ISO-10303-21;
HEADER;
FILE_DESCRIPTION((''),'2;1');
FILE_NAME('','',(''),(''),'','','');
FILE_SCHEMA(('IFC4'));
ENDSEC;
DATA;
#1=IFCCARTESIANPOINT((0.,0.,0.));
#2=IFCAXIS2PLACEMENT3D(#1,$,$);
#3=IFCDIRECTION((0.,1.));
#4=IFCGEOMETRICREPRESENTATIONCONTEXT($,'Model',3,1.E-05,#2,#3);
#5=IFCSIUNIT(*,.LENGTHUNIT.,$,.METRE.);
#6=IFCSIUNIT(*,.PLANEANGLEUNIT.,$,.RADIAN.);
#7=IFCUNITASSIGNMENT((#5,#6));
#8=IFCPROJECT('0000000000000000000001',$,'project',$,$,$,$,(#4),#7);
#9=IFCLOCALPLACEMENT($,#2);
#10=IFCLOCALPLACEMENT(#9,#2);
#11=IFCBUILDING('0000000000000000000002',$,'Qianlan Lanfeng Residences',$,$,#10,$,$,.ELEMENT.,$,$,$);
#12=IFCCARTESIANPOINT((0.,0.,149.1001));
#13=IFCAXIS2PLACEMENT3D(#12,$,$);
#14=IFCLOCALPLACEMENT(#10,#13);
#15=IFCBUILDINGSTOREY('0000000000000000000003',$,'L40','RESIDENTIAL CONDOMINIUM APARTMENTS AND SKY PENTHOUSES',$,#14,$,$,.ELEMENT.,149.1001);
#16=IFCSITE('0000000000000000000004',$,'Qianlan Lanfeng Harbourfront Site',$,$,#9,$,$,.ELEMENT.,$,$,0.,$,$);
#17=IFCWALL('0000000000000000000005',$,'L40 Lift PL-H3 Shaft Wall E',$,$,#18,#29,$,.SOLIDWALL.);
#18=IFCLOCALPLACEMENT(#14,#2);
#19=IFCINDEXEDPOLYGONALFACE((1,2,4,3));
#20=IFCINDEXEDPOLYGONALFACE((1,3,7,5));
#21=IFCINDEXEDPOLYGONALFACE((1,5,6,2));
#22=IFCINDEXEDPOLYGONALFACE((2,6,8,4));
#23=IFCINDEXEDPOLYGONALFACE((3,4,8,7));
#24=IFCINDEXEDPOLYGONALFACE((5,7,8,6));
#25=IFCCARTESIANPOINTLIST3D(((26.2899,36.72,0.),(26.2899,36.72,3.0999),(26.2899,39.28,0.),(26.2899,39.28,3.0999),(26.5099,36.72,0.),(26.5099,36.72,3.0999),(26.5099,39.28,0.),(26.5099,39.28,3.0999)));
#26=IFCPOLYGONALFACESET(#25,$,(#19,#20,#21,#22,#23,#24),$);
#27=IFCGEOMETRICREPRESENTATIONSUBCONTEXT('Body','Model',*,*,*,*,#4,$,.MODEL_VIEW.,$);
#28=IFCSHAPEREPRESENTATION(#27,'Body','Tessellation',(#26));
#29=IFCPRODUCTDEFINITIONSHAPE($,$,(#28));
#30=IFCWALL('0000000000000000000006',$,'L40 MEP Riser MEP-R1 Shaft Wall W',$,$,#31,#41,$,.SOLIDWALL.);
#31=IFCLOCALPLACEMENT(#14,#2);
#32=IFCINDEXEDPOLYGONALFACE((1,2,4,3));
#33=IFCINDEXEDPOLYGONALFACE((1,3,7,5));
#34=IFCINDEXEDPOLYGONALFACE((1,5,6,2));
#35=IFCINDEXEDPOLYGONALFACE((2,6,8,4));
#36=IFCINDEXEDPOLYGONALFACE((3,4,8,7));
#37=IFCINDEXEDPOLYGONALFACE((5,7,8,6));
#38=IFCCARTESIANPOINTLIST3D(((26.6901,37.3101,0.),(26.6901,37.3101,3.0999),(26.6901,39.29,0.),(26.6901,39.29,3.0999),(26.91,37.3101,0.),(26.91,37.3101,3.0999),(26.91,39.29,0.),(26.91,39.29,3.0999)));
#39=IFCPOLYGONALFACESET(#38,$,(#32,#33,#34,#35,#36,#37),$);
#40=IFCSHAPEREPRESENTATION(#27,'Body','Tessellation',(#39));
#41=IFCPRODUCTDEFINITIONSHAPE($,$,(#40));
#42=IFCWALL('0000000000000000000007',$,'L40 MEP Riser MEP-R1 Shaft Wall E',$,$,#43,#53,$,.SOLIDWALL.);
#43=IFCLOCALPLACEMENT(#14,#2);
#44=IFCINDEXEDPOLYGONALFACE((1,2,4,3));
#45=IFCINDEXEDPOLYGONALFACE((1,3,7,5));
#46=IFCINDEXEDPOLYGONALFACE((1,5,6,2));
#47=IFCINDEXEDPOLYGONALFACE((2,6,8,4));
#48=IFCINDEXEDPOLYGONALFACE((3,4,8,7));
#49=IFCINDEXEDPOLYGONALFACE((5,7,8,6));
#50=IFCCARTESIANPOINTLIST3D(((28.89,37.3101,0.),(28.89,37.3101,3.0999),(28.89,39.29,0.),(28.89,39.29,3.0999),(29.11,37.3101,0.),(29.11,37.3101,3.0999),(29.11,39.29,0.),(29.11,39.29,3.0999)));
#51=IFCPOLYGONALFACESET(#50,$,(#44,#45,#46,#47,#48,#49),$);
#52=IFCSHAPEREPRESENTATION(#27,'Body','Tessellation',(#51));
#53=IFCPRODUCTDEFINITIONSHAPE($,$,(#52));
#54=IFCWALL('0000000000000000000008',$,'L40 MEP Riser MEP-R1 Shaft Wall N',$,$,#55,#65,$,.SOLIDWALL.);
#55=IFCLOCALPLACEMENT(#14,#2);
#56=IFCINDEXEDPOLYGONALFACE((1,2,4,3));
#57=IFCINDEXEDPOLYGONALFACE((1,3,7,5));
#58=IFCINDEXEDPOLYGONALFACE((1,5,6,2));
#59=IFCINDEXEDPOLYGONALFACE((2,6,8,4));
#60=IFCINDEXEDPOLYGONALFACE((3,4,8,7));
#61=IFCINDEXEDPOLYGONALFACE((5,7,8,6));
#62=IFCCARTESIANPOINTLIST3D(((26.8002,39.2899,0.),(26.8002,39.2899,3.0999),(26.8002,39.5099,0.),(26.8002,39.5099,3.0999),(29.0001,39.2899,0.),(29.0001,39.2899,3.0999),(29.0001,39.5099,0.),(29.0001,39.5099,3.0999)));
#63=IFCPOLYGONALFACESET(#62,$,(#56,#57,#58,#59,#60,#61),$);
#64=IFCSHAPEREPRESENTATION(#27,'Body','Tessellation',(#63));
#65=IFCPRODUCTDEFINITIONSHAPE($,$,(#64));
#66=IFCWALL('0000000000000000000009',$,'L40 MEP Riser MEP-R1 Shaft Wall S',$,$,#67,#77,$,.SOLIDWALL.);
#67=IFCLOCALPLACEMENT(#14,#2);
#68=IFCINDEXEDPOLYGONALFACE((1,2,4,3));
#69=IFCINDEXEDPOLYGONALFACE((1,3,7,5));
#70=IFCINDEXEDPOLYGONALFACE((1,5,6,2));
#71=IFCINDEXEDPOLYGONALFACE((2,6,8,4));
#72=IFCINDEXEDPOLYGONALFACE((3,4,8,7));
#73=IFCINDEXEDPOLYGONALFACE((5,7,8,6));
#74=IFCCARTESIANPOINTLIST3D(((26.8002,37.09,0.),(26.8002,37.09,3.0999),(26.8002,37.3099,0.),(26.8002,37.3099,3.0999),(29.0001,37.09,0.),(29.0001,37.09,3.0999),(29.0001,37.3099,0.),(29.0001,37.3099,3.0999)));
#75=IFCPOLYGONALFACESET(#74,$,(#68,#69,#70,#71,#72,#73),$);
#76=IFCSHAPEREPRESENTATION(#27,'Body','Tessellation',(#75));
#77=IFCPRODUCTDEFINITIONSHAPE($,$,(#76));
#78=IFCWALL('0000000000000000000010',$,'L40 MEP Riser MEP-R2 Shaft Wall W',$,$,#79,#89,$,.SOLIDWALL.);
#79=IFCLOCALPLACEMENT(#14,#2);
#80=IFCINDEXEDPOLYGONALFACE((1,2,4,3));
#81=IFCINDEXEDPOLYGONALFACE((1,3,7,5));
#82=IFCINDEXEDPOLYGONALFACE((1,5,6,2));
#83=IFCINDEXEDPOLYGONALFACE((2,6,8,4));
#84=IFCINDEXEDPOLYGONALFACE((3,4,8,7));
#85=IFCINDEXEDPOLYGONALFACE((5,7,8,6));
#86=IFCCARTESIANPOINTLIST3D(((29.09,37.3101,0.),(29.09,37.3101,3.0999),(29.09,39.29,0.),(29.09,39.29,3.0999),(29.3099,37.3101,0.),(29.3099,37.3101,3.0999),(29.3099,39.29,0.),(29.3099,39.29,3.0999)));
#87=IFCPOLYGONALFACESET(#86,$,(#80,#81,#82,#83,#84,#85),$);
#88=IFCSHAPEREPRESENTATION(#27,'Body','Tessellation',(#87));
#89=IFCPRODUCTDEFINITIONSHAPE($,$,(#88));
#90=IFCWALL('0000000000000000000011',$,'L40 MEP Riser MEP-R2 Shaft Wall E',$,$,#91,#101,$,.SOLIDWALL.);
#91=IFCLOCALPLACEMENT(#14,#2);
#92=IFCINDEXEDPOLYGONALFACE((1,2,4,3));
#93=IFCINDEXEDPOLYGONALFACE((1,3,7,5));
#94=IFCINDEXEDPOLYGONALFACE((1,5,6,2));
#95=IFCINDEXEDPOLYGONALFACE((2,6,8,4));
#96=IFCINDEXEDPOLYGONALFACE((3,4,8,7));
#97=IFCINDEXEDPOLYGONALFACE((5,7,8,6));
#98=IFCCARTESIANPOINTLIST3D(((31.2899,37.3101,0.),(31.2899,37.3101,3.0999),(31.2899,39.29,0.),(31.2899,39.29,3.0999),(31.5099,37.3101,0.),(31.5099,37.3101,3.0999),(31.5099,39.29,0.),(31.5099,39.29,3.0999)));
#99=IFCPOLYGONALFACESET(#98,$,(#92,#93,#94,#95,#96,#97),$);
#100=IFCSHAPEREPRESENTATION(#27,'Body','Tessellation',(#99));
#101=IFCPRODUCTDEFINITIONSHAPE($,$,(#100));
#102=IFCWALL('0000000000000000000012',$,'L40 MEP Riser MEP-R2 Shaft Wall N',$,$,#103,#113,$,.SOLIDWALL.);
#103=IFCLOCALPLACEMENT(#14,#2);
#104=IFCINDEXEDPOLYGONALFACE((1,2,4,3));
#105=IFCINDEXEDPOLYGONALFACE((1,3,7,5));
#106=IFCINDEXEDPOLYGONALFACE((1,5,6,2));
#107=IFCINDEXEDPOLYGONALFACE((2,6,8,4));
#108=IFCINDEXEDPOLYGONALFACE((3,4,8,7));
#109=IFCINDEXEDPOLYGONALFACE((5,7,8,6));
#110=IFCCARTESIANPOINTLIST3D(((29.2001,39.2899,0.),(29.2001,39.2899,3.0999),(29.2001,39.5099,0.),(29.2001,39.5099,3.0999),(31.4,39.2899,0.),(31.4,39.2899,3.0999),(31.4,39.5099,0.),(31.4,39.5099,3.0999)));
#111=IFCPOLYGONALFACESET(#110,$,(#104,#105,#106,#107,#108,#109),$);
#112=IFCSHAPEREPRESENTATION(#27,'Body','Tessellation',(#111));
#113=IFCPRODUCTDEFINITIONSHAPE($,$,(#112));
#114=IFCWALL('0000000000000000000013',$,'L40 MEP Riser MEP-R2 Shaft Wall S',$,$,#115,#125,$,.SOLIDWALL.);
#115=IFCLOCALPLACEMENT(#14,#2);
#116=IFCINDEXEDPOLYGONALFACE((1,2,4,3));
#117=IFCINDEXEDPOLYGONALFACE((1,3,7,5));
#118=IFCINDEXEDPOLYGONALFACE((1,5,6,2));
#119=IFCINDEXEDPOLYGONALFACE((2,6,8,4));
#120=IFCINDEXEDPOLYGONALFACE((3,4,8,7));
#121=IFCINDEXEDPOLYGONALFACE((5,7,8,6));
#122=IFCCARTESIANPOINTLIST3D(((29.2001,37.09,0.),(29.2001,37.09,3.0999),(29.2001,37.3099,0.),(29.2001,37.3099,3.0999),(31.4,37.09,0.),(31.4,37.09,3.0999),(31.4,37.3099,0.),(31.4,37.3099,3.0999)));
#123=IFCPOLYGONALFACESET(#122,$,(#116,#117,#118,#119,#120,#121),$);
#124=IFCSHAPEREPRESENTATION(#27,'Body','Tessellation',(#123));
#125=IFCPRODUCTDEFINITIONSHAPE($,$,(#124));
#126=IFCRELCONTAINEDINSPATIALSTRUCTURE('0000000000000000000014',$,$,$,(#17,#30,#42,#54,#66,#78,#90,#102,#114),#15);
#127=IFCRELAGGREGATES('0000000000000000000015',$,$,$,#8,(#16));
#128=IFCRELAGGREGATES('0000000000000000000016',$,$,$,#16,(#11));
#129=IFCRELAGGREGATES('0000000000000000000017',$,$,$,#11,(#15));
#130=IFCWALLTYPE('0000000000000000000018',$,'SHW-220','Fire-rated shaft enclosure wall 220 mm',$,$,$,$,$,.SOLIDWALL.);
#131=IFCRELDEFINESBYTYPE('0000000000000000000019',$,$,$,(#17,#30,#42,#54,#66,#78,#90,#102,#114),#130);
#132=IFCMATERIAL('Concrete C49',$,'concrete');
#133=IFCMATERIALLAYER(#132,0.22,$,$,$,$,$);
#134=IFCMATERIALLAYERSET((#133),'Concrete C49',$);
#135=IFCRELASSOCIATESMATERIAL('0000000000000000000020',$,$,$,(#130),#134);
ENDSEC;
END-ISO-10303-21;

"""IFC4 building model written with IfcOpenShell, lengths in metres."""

from ifc_helpers import new_model, si_unit, direction, frame, frame_2d, origin, place, context, subcontext, project, spatial, rectangle, extrude, material, layer, layer_set, type_object, element, save


model = new_model("IFC4")

# Units and contexts
model_context = context("Model", 3, precision=1e-05, world=origin(), true_north=direction((0.0, 1.0)))
body_context = subcontext(model_context, "Body", "Model", "MODEL_VIEW")
ifc_project = project(units=[si_unit("LENGTHUNIT", "METRE"), si_unit("PLANEANGLEUNIT", "RADIAN")], contexts=[model_context])

# Site, building, storey
site_placement = place(None, origin())
site = spatial("IfcSite", under=ifc_project, at=site_placement, Name="Qianlan Lanfeng Harbourfront Site", CompositionType="ELEMENT", RefElevation=0.0)
building_placement = place(site_placement, origin())
building = spatial("IfcBuilding", under=site, at=building_placement, Name="Qianlan Lanfeng Residences", CompositionType="ELEMENT")
storey_placement = place(building_placement, frame((0.0, 0.0, 149.1001)))
storey = spatial("IfcBuildingStorey", under=building, at=storey_placement, Name="L40", Description="RESIDENTIAL CONDOMINIUM APARTMENTS AND SKY PENTHOUSES", CompositionType="ELEMENT", Elevation=149.1001)

# Walls
ifc_material_1 = material(Name="Concrete C49", Category="concrete")
ifc_layer_1 = layer(ifc_material_1, 0.22)
ifc_layer_set_1 = layer_set([ifc_layer_1], Name="Concrete C49")
wall_type_1 = type_object("IfcWallType", Name="SHW-220", Description="Fire-rated shaft enclosure wall 220 mm", PredefinedType="SOLIDWALL", material=ifc_layer_set_1)
for number, where, z_axis, x_axis, name in (
    (1, (26.3999, 36.72, 0.0), (0.0, 0.0, 1.0), (0.0, 1.0, 0.0), "L40 Lift PL-H3 Shaft Wall E"),
):
    element("IfcWall", number, at=place(storey_placement, frame(where, z_axis=z_axis, x_axis=x_axis)), inside=storey, type_object=wall_type_1, Name=name, PredefinedType="SOLIDWALL", context=body_context, shape_type="SweptSolid", body=[
        extrude(rectangle(XDim=2.5601, YDim=0.22, at=frame_2d((1.28, 0.0))), origin(), (0.0, 0.0, 1.0), 3.0999),
    ])
for number, where, z_axis, x_axis, name in (
    (2, (26.8, 37.3101, 0.0), (0.0, 0.0, 1.0), (0.0, 1.0, 0.0), "L40 MEP Riser MEP-R1 Shaft Wall W"),
    (3, (29.0, 37.3101, 0.0), (0.0, 0.0, 1.0), (0.0, 1.0, 0.0), "L40 MEP Riser MEP-R1 Shaft Wall E"),
):
    element("IfcWall", number, at=place(storey_placement, frame(where, z_axis=z_axis, x_axis=x_axis)), inside=storey, type_object=wall_type_1, Name=name, PredefinedType="SOLIDWALL", context=body_context, shape_type="SweptSolid", body=[
        extrude(rectangle(XDim=1.98, YDim=0.22, at=frame_2d((0.99, 0.0))), origin(), (0.0, 0.0, 1.0), 3.0999),
    ])
for number, where, z_axis, x_axis, name in (
    (4, (26.8, 39.3999, 0.0), (0.0, 0.0, 1.0), (1.0, 0.0, 0.0), "L40 MEP Riser MEP-R1 Shaft Wall N"),
    (5, (26.8, 37.2, 0.0), (0.0, 0.0, 1.0), (1.0, 0.0, 0.0), "L40 MEP Riser MEP-R1 Shaft Wall S"),
):
    element("IfcWall", number, at=place(storey_placement, frame(where, z_axis=z_axis, x_axis=x_axis)), inside=storey, type_object=wall_type_1, Name=name, PredefinedType="SOLIDWALL", context=body_context, shape_type="SweptSolid", body=[
        extrude(rectangle(XDim=2.2, YDim=0.22, at=frame_2d((1.1001, 0.0))), origin(), (0.0, 0.0, 1.0), 3.0999),
    ])
for number, where, z_axis, x_axis, name in (
    (6, (29.2, 37.3101, 0.0), (0.0, 0.0, 1.0), (0.0, 1.0, 0.0), "L40 MEP Riser MEP-R2 Shaft Wall W"),
    (7, (31.3999, 37.3101, 0.0), (0.0, 0.0, 1.0), (0.0, 1.0, 0.0), "L40 MEP Riser MEP-R2 Shaft Wall E"),
):
    element("IfcWall", number, at=place(storey_placement, frame(where, z_axis=z_axis, x_axis=x_axis)), inside=storey, type_object=wall_type_1, Name=name, PredefinedType="SOLIDWALL", context=body_context, shape_type="SweptSolid", body=[
        extrude(rectangle(XDim=1.98, YDim=0.22, at=frame_2d((0.99, 0.0))), origin(), (0.0, 0.0, 1.0), 3.0999),
    ])
for number, where, z_axis, x_axis, name in (
    (8, (29.2, 39.3999, 0.0), (0.0, 0.0, 1.0), (1.0, 0.0, 0.0), "L40 MEP Riser MEP-R2 Shaft Wall N"),
    (9, (29.2, 37.2, 0.0), (0.0, 0.0, 1.0), (1.0, 0.0, 0.0), "L40 MEP Riser MEP-R2 Shaft Wall S"),
):
    element("IfcWall", number, at=place(storey_placement, frame(where, z_axis=z_axis, x_axis=x_axis)), inside=storey, type_object=wall_type_1, Name=name, PredefinedType="SOLIDWALL", context=body_context, shape_type="SweptSolid", body=[
        extrude(rectangle(XDim=2.2, YDim=0.22, at=frame_2d((1.1001, 0.0))), origin(), (0.0, 0.0, 1.0), 3.0999),
    ])

save(model, "model.ifc")
